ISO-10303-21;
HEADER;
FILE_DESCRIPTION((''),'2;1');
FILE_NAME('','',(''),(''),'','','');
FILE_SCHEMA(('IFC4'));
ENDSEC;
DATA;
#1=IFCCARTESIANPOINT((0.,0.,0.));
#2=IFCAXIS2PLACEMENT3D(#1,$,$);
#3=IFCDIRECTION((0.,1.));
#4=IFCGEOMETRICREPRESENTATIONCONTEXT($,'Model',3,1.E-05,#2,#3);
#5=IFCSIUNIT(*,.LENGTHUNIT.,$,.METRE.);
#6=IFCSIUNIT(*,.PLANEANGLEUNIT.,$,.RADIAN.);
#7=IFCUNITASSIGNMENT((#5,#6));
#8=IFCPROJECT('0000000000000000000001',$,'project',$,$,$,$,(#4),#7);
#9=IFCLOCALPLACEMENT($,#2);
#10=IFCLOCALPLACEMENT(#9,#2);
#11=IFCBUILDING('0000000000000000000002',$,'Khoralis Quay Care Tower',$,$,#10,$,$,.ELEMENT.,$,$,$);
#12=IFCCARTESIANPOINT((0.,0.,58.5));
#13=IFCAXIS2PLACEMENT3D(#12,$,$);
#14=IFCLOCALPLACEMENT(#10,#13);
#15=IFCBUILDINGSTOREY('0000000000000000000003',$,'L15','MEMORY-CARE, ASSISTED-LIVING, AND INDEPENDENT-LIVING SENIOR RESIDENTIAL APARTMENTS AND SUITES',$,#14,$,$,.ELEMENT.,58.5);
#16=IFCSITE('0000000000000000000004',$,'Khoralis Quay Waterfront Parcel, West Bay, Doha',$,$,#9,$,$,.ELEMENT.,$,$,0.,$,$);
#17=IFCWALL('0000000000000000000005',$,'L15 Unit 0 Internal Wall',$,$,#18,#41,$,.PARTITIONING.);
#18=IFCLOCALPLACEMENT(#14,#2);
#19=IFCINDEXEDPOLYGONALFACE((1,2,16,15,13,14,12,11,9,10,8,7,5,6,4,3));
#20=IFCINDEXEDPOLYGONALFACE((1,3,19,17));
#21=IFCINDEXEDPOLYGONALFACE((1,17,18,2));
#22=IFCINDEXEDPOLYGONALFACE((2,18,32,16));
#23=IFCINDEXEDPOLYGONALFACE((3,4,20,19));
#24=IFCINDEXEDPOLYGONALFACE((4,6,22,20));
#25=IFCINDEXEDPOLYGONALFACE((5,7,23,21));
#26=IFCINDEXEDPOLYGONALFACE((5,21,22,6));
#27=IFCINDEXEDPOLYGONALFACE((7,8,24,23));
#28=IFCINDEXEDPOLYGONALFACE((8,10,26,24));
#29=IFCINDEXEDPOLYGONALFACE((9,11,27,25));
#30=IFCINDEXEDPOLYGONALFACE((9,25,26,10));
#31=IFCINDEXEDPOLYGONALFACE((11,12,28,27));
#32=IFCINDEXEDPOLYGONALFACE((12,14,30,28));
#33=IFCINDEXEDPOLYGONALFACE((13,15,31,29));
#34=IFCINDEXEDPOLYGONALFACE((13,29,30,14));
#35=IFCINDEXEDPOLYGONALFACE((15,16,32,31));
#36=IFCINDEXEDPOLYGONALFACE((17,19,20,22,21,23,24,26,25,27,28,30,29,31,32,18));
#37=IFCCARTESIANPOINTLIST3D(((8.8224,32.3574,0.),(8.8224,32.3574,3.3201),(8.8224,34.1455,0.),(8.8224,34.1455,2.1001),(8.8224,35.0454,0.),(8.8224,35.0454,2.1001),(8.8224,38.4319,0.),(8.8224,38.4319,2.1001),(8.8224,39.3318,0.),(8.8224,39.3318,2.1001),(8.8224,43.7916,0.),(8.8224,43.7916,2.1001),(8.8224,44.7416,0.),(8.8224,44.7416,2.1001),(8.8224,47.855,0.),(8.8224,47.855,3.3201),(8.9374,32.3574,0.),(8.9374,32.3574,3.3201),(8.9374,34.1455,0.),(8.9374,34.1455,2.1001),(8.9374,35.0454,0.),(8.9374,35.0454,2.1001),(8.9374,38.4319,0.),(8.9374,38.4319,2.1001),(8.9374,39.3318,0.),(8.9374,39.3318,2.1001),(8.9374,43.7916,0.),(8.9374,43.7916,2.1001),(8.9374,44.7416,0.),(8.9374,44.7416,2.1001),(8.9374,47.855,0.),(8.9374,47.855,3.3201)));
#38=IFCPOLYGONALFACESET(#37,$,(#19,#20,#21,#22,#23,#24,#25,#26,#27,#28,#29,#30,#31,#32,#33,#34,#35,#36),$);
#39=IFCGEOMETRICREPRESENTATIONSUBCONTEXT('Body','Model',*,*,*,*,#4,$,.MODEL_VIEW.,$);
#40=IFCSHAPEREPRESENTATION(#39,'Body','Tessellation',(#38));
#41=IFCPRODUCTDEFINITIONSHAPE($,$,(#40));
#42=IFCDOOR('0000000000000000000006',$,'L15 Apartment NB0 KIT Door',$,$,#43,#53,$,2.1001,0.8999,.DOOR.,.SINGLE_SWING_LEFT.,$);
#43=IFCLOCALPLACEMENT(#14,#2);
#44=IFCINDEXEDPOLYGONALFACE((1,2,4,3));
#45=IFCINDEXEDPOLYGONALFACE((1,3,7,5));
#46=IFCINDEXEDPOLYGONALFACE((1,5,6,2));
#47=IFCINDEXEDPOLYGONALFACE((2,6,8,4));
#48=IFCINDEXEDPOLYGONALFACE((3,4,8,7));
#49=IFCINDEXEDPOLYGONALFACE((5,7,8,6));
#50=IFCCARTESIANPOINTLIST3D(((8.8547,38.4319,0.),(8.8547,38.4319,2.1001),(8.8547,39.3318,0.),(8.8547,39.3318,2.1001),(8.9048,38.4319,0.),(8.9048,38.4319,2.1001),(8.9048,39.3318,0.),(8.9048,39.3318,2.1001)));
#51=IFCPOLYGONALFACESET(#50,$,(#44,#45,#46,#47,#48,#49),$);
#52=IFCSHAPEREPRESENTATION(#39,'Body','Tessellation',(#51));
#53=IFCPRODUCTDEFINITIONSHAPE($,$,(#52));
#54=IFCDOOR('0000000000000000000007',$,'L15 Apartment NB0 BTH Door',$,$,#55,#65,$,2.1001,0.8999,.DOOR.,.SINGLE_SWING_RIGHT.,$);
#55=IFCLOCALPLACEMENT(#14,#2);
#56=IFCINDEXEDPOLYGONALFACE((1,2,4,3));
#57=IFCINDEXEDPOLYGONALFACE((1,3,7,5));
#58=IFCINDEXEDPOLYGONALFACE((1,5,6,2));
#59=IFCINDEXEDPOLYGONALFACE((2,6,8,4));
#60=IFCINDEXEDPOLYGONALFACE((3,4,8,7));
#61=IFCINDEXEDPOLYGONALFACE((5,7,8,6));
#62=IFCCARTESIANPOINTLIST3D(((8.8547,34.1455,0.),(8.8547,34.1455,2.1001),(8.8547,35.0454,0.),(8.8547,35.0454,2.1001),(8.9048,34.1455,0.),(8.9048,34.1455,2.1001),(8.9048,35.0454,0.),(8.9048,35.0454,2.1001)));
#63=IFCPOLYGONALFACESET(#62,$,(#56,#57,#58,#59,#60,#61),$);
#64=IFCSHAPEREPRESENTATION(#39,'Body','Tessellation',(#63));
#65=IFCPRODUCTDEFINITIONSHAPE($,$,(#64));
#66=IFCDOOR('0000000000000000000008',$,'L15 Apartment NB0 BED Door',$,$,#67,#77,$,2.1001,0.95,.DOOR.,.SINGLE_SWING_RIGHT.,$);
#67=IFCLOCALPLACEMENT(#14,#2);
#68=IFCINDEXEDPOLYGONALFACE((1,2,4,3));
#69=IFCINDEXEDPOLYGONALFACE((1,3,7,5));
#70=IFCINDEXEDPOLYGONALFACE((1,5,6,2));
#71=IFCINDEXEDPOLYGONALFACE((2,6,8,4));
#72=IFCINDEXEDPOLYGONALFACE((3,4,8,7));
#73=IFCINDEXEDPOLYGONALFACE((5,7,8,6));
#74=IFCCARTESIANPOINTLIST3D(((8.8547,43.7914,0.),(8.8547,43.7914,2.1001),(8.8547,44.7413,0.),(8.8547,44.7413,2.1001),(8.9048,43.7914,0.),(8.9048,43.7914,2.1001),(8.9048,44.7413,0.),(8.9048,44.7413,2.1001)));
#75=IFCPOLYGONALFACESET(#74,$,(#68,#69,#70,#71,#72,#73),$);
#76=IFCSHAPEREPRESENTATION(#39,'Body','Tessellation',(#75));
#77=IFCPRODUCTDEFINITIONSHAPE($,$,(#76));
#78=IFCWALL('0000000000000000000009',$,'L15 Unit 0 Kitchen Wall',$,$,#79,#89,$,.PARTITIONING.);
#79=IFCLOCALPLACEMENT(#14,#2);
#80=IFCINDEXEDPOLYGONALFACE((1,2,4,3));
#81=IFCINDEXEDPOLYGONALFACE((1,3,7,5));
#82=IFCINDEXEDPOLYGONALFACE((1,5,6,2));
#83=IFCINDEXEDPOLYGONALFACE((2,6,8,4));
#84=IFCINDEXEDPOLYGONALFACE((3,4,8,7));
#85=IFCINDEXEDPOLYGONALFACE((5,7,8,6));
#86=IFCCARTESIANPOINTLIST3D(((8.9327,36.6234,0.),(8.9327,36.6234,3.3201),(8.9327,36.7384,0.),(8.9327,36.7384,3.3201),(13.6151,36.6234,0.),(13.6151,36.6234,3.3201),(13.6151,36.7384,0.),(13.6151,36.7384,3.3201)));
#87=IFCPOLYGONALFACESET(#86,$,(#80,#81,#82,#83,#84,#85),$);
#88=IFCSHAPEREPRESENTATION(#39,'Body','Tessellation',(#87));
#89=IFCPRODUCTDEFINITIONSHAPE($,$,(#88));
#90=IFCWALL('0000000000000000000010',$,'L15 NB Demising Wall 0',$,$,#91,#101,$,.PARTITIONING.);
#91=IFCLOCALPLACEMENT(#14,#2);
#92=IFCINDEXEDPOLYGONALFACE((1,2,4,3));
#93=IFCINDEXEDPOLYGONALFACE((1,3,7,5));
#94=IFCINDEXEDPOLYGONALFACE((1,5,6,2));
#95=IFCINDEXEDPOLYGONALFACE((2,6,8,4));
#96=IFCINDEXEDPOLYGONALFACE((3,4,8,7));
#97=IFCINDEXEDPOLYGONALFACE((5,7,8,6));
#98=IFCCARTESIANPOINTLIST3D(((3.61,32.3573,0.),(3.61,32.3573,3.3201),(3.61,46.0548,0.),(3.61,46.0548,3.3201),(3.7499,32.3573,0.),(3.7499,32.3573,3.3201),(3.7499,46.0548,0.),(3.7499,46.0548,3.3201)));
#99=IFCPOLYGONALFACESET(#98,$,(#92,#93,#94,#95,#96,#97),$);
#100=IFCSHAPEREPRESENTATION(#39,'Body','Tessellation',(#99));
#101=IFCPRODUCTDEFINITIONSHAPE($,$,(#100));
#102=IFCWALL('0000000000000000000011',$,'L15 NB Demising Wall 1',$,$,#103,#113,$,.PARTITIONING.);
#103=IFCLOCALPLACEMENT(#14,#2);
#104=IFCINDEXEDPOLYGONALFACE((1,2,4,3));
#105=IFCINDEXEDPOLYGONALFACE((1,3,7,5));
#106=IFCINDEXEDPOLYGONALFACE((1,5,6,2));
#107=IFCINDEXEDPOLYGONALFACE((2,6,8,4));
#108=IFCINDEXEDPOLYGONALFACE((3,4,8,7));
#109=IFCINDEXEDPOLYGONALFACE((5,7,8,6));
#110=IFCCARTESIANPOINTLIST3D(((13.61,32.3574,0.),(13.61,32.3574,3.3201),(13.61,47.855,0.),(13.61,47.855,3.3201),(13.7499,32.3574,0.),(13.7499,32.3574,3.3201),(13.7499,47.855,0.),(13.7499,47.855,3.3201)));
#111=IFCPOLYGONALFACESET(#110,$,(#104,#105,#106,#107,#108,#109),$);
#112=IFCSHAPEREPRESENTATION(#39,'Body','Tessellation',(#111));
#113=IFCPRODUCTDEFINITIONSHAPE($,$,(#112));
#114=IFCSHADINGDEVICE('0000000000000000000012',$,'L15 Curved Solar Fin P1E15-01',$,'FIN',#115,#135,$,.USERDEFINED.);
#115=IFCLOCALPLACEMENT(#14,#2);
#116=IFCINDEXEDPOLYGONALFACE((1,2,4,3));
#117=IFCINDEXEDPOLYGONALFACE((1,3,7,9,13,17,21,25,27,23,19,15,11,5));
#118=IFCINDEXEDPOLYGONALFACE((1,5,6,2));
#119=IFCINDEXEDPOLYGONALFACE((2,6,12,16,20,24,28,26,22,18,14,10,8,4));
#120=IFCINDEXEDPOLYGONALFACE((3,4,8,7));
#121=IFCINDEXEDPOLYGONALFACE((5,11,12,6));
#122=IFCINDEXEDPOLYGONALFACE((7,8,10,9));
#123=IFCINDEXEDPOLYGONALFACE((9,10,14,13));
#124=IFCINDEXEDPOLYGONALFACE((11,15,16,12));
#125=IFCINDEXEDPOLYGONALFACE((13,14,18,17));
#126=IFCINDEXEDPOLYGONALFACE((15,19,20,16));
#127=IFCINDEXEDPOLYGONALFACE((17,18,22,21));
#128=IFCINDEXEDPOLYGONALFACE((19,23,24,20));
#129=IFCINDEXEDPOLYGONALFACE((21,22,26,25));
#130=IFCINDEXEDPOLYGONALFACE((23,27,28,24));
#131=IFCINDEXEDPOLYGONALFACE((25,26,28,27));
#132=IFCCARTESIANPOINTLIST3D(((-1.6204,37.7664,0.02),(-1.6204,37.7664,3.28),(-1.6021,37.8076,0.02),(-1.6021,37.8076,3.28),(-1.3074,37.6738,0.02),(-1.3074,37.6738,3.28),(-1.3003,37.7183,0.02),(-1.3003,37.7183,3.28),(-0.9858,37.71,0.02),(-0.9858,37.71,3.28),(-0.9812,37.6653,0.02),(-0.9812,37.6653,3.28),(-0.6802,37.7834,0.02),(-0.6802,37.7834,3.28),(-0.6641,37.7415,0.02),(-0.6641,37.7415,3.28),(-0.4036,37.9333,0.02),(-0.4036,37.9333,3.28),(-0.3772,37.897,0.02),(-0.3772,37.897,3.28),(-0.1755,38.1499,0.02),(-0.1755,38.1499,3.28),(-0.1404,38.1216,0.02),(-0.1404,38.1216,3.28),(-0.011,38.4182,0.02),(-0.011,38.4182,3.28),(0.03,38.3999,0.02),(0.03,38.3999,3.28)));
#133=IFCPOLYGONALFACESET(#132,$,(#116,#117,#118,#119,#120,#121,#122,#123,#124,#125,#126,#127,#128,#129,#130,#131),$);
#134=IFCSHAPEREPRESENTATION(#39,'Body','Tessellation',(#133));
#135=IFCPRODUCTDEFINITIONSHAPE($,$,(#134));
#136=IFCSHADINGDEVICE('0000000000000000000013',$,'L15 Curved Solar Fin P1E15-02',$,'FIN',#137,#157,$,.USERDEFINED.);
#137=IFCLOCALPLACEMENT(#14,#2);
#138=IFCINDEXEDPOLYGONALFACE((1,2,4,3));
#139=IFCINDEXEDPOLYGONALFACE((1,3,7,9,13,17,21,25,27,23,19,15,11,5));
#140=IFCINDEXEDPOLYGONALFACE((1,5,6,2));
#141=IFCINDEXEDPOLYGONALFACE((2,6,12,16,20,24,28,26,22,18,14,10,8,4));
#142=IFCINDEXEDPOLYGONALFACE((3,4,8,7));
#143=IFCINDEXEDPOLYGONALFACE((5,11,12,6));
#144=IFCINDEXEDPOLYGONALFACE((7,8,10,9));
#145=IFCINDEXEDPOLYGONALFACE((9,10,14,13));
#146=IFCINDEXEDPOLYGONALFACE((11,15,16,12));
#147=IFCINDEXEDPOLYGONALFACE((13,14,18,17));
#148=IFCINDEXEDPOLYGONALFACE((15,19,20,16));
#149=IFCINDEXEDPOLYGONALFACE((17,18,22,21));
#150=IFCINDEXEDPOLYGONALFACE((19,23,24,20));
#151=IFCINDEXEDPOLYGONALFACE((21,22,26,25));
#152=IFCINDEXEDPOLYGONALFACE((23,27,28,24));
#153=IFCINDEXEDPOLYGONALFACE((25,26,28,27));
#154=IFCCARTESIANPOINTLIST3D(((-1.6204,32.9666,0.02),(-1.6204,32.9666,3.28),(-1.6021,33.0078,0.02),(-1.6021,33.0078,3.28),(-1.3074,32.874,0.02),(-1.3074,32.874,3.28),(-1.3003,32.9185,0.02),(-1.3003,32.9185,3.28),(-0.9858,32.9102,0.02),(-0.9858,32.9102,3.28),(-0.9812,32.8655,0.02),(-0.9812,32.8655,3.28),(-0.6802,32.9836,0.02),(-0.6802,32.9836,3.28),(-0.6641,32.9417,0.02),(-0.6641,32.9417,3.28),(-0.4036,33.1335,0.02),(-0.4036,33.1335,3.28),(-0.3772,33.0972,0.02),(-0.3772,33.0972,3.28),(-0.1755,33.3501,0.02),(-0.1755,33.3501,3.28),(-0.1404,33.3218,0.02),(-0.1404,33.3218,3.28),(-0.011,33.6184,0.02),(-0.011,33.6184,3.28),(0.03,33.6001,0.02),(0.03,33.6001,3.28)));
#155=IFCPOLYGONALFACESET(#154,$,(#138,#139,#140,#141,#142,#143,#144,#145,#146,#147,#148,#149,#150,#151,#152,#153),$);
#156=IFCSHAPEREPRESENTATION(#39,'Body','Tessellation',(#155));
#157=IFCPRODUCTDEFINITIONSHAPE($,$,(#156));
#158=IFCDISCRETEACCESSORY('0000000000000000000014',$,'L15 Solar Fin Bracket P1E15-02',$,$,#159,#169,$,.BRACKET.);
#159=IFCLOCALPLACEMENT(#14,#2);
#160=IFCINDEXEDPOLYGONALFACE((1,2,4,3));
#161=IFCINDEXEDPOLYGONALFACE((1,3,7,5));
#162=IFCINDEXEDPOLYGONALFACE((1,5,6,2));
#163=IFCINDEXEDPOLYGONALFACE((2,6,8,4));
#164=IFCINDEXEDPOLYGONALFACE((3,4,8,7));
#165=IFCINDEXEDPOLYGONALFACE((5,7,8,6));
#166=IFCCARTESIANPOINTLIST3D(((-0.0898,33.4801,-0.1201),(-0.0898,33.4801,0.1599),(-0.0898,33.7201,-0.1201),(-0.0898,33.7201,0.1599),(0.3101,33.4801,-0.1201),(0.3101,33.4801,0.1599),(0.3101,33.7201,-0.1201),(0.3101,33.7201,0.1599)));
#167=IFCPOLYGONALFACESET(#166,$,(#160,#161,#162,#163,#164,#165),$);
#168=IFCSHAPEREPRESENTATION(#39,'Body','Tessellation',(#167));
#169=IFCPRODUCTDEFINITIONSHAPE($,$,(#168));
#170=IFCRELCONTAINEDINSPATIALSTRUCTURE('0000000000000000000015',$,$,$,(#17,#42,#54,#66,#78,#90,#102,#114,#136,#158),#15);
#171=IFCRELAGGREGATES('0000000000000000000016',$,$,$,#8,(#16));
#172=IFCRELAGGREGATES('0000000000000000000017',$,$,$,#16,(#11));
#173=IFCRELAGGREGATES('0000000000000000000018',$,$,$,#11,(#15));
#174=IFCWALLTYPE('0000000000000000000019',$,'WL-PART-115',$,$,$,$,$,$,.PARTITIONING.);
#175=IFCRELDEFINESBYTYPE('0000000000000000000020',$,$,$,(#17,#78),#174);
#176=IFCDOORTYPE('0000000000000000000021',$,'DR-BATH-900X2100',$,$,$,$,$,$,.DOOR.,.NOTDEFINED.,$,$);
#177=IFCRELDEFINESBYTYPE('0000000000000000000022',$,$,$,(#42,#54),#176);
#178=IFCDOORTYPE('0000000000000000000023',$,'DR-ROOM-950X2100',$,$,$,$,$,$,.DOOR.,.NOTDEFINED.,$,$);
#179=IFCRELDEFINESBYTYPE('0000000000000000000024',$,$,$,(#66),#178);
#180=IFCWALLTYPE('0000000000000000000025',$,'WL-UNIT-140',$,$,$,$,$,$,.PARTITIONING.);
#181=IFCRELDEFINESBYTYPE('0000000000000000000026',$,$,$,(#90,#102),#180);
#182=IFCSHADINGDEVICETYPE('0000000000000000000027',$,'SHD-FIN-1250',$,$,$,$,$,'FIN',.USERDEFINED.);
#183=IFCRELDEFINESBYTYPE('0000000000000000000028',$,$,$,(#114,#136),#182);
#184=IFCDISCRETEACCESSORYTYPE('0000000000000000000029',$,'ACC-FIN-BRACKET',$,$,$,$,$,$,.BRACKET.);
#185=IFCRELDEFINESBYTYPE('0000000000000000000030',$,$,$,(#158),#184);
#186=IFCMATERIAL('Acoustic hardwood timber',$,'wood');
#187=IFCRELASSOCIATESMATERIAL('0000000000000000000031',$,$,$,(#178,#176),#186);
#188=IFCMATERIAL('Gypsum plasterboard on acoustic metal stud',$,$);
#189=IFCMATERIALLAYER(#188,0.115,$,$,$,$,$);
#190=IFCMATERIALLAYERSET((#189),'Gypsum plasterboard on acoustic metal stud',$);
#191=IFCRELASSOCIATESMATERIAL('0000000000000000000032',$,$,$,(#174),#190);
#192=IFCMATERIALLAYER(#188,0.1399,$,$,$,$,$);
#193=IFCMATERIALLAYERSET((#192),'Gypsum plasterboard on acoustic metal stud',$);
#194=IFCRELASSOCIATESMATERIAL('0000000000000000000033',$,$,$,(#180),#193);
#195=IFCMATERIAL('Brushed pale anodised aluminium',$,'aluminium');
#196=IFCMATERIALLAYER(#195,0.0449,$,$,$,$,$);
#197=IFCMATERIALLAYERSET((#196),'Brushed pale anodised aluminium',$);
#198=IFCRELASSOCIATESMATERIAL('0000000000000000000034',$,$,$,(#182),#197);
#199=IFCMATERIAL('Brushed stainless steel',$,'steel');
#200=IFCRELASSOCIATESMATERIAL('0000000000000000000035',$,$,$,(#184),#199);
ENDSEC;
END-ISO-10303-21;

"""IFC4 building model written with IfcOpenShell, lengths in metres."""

from ifc_helpers import new_model, si_unit, direction, frame, frame_2d, origin, origin_2d, place, context, subcontext, project, spatial, polyline, rectangle, outline, extrude, source, transform, mapped, material, layer, layer_set, type_object, element, fill, save


model = new_model("IFC4")

# Units and contexts
model_context = context("Model", 3, precision=1e-05, world=origin(), true_north=direction((0.0, 1.0)))
body_context = subcontext(model_context, "Body", "Model", "MODEL_VIEW")
ifc_project = project(units=[si_unit("LENGTHUNIT", "METRE"), si_unit("PLANEANGLEUNIT", "RADIAN")], contexts=[model_context])

# Site, building, storey
site_placement = place(None, origin())
site = spatial("IfcSite", under=ifc_project, at=site_placement, Name="Khoralis Quay Waterfront Parcel, West Bay, Doha", CompositionType="ELEMENT", RefElevation=0.0)
building_placement = place(site_placement, origin())
building = spatial("IfcBuilding", under=site, at=building_placement, Name="Khoralis Quay Care Tower", CompositionType="ELEMENT")
storey_placement = place(building_placement, frame((0.0, 0.0, 58.5)))
storey = spatial("IfcBuildingStorey", under=building, at=storey_placement, Name="L15", Description="MEMORY-CARE, ASSISTED-LIVING, AND INDEPENDENT-LIVING SENIOR RESIDENTIAL APARTMENTS AND SUITES", CompositionType="ELEMENT", Elevation=58.5)

# Wall, openings, doors
ifc_material_1 = material(Name="Gypsum plasterboard on acoustic metal stud")
ifc_material_2 = material(Name="Acoustic hardwood timber", Category="wood")
door_type_1 = type_object("IfcDoorType", Name="DR-ROOM-950X2100", OperationType="NOTDEFINED", PredefinedType="DOOR", material=ifc_material_2)
shared_shape_1 = source(origin(), body_context, "Body", "SweptSolid", [
    extrude(rectangle(XDim=0.95, YDim=2.1001, at=frame_2d((0.4751, 1.05))), frame((0.0, 0.0249, 0.0), z_axis=(0.0, -1.0, 0.0), x_axis=(1.0, 0.0, 0.0)), (0.0, 0.0, 1.0), 0.05),
])
ifc_layer_1 = layer(ifc_material_1, 0.115)
ifc_layer_set_1 = layer_set([ifc_layer_1], Name="Gypsum plasterboard on acoustic metal stud")
wall_type_1 = type_object("IfcWallType", Name="WL-PART-115", PredefinedType="PARTITIONING", material=ifc_layer_set_1)
wall_1_placement = place(storey_placement, frame((8.8799, 32.3574, 0.0), z_axis=(0.0, 0.0, 1.0), x_axis=(0.0, 1.0, 0.0)))
wall_1 = element("IfcWall", 1, at=wall_1_placement, inside=storey, type_object=wall_type_1, Name="L15 Unit 0 Internal Wall", PredefinedType="PARTITIONING", context=body_context, shape_type="SweptSolid", body=[
    extrude(rectangle(XDim=15.4976, YDim=0.115, at=frame_2d((7.7488, 0.0))), origin(), (0.0, 0.0, 1.0), 3.3201),
])
opening_1_placement = place(wall_1_placement, frame((11.4341, 0.0, 0.0)))
opening_1 = element("IfcOpeningElement", 2, at=opening_1_placement, cuts=wall_1, PredefinedType="OPENING", context=body_context, shape_type="SweptSolid", body=[
    extrude(rectangle(XDim=0.95, YDim=2.1001, at=frame_2d((0.4751, 1.05))), frame((0.0, 0.0674, 0.0), z_axis=(0.0, -1.0, 0.0), x_axis=(1.0, 0.0, 0.0)), (0.0, 0.0, 1.0), 0.135),
])
opening_2_placement = place(wall_1_placement, frame((6.0745, 0.0, 0.0)))
opening_2 = element("IfcOpeningElement", 3, at=opening_2_placement, cuts=wall_1, PredefinedType="OPENING", context=body_context, shape_type="SweptSolid", body=[
    extrude(rectangle(XDim=0.8999, YDim=2.1001, at=frame_2d((0.45, 1.05))), frame((0.0, 0.0674, 0.0), z_axis=(0.0, -1.0, 0.0), x_axis=(1.0, 0.0, 0.0)), (0.0, 0.0, 1.0), 0.135),
])
opening_3_placement = place(wall_1_placement, frame((1.7881, 0.0, 0.0)))
opening_3 = element("IfcOpeningElement", 4, at=opening_3_placement, cuts=wall_1, PredefinedType="OPENING", context=body_context, shape_type="SweptSolid", body=[
    extrude(rectangle(XDim=0.8999, YDim=2.1001, at=frame_2d((0.45, 1.05))), frame((0.0, 0.0674, 0.0), z_axis=(0.0, -1.0, 0.0), x_axis=(1.0, 0.0, 0.0)), (0.0, 0.0, 1.0), 0.135),
])
door_type_2 = type_object("IfcDoorType", Name="DR-BATH-900X2100", OperationType="NOTDEFINED", PredefinedType="DOOR", material=ifc_material_2)
shared_shape_2 = source(origin(), body_context, "Body", "SweptSolid", [
    extrude(rectangle(XDim=0.8999, YDim=2.1001, at=frame_2d((0.45, 1.05))), frame((0.0, 0.0249, 0.0), z_axis=(0.0, -1.0, 0.0), x_axis=(1.0, 0.0, 0.0)), (0.0, 0.0, 1.0), 0.05),
])
door_1_placement = place(opening_2_placement, frame((0.8999, 0.0, 0.0), z_axis=(0.0, 0.0, 1.0), x_axis=(-1.0, 0.0, 0.0)))
door_1 = element("IfcDoor", 5, at=door_1_placement, inside=storey, type_object=door_type_2, Name="L15 Apartment NB0 KIT Door", OperationType="SINGLE_SWING_LEFT", OverallHeight=2.1001, OverallWidth=0.8999, PredefinedType="DOOR", context=body_context, shape_type="MappedRepresentation", body=[
    mapped(shared_shape_2, transform((0.0, 0.0, 0.0), scale=1.0)),
])
fill(opening_2, door_1)
door_2_placement = place(opening_3_placement, frame((0.8999, 0.0, 0.0), z_axis=(0.0, 0.0, 1.0), x_axis=(-1.0, 0.0, 0.0)))
door_2 = element("IfcDoor", 6, at=door_2_placement, inside=storey, type_object=door_type_2, Name="L15 Apartment NB0 BTH Door", OperationType="SINGLE_SWING_RIGHT", OverallHeight=2.1001, OverallWidth=0.8999, PredefinedType="DOOR", context=body_context, shape_type="MappedRepresentation", body=[
    mapped(shared_shape_2, transform((0.0, 0.0, 0.0), scale=1.0)),
])
fill(opening_3, door_2)
door_3_placement = place(opening_1_placement, frame((0.95, 0.0, 0.0), z_axis=(0.0, 0.0, 1.0), x_axis=(-1.0, 0.0, 0.0)))
door_3 = element("IfcDoor", 7, at=door_3_placement, inside=storey, type_object=door_type_1, Name="L15 Apartment NB0 BED Door", OperationType="SINGLE_SWING_RIGHT", OverallHeight=2.1001, OverallWidth=0.95, PredefinedType="DOOR", context=body_context, shape_type="MappedRepresentation", body=[
    mapped(shared_shape_1, transform((0.0, 0.0, 0.0), scale=1.0)),
])
fill(opening_1, door_3)

# Walls
wall_2_placement = place(storey_placement, frame((8.9326, 36.6809, 0.0), z_axis=(0.0, 0.0, 1.0), x_axis=(1.0, 0.0, 0.0)))
element("IfcWall", 8, at=wall_2_placement, inside=storey, type_object=wall_type_1, Name="L15 Unit 0 Kitchen Wall", PredefinedType="PARTITIONING", context=body_context, shape_type="SweptSolid", body=[
    extrude(rectangle(XDim=4.6824, YDim=0.115, at=frame_2d((2.3413, 0.0))), origin(), (0.0, 0.0, 1.0), 3.3201),
])
ifc_layer_2 = layer(ifc_material_1, 0.1399)
ifc_layer_set_2 = layer_set([ifc_layer_2], Name="Gypsum plasterboard on acoustic metal stud")
wall_type_2 = type_object("IfcWallType", Name="WL-UNIT-140", PredefinedType="PARTITIONING", material=ifc_layer_set_2)
wall_3_placement = place(storey_placement, frame((3.6799, 32.3574, 0.0), z_axis=(0.0, 0.0, 1.0), x_axis=(0.0, 1.0, 0.0)))
element("IfcWall", 9, at=wall_3_placement, inside=storey, type_object=wall_type_2, Name="L15 NB Demising Wall 0", PredefinedType="PARTITIONING", context=body_context, shape_type="SweptSolid", body=[
    extrude(rectangle(XDim=13.6975, YDim=0.1399, at=frame_2d((6.8486, 0.0))), origin(), (0.0, 0.0, 1.0), 3.3201),
])
wall_4_placement = place(storey_placement, frame((13.6799, 32.3574, 0.0), z_axis=(0.0, 0.0, 1.0), x_axis=(0.0, 1.0, 0.0)))
element("IfcWall", 10, at=wall_4_placement, inside=storey, type_object=wall_type_2, Name="L15 NB Demising Wall 1", PredefinedType="PARTITIONING", context=body_context, shape_type="SweptSolid", body=[
    extrude(rectangle(XDim=15.4976, YDim=0.1399, at=frame_2d((7.7488, 0.0))), origin(), (0.0, 0.0, 1.0), 3.3201),
])

# Shading devices
ifc_material_3 = material(Name="Brushed pale anodised aluminium", Category="aluminium")
ifc_layer_3 = layer(ifc_material_3, 0.0449)
ifc_layer_set_3 = layer_set([ifc_layer_3], Name="Brushed pale anodised aluminium")
shading_device_type = type_object("IfcShadingDeviceType", Name="SHD-FIN-1250", ElementType="FIN", PredefinedType="USERDEFINED", material=ifc_layer_set_3)
shared_shape_3 = source(origin(), body_context, "Body", "SweptSolid", [
    extrude(outline(polyline([(0.0, 0.0), (0.1704, 0.2783), (0.4072, 0.5029), (0.6941, 0.6584), (1.0112, 0.7346), (1.3374, 0.7261), (1.6504, 0.6335), (1.6321, 0.5923), (1.3303, 0.6816), (1.0159, 0.6899), (0.7102, 0.6165), (0.4336, 0.4666), (0.2056, 0.25), (0.041, -0.0183), (0.0, 0.0)])), origin(), (0.0, 0.0, 1.0), 3.26),
])
for number, where, z_axis, x_axis, name in (
    (11, (0.03, 38.3999, 0.02), (0.0, 0.0, 1.0), (-1.0, 0.0, 0.0), "L15 Curved Solar Fin P1E15-01"),
    (12, (0.03, 33.6001, 0.02), (0.0, 0.0, 1.0), (-1.0, 0.0, 0.0), "L15 Curved Solar Fin P1E15-02"),
):
    element("IfcShadingDevice", number, at=place(storey_placement, frame(where, z_axis=z_axis, x_axis=x_axis)), inside=storey, type_object=shading_device_type, Name=name, ObjectType="FIN", PredefinedType="USERDEFINED", context=body_context, shape_type="MappedRepresentation", body=[
        mapped(shared_shape_3, transform((0.0, 0.0, 0.0), scale=1.0)),
    ])

# Discrete accessory
ifc_material_4 = material(Name="Brushed stainless steel", Category="steel")
discrete_accessory_type = type_object("IfcDiscreteAccessoryType", Name="ACC-FIN-BRACKET", PredefinedType="BRACKET", material=ifc_material_4)
shared_shape_4 = source(origin(), body_context, "Body", "SweptSolid", [
    extrude(rectangle(XDim=0.3999, YDim=0.24, at=origin_2d()), origin(), (0.0, 0.0, 1.0), 0.28),
])
discrete_accessory_placement = place(storey_placement, frame((0.1101, 33.6001, -0.1201), z_axis=(0.0, 0.0, 1.0), x_axis=(-1.0, 0.0, 0.0)))
element("IfcDiscreteAccessory", 13, at=discrete_accessory_placement, inside=storey, type_object=discrete_accessory_type, Name="L15 Solar Fin Bracket P1E15-02", PredefinedType="BRACKET", context=body_context, shape_type="MappedRepresentation", body=[
    mapped(shared_shape_4, transform((0.0, 0.0, 0.0), scale=1.0)),
])

save(model, "model.ifc")
